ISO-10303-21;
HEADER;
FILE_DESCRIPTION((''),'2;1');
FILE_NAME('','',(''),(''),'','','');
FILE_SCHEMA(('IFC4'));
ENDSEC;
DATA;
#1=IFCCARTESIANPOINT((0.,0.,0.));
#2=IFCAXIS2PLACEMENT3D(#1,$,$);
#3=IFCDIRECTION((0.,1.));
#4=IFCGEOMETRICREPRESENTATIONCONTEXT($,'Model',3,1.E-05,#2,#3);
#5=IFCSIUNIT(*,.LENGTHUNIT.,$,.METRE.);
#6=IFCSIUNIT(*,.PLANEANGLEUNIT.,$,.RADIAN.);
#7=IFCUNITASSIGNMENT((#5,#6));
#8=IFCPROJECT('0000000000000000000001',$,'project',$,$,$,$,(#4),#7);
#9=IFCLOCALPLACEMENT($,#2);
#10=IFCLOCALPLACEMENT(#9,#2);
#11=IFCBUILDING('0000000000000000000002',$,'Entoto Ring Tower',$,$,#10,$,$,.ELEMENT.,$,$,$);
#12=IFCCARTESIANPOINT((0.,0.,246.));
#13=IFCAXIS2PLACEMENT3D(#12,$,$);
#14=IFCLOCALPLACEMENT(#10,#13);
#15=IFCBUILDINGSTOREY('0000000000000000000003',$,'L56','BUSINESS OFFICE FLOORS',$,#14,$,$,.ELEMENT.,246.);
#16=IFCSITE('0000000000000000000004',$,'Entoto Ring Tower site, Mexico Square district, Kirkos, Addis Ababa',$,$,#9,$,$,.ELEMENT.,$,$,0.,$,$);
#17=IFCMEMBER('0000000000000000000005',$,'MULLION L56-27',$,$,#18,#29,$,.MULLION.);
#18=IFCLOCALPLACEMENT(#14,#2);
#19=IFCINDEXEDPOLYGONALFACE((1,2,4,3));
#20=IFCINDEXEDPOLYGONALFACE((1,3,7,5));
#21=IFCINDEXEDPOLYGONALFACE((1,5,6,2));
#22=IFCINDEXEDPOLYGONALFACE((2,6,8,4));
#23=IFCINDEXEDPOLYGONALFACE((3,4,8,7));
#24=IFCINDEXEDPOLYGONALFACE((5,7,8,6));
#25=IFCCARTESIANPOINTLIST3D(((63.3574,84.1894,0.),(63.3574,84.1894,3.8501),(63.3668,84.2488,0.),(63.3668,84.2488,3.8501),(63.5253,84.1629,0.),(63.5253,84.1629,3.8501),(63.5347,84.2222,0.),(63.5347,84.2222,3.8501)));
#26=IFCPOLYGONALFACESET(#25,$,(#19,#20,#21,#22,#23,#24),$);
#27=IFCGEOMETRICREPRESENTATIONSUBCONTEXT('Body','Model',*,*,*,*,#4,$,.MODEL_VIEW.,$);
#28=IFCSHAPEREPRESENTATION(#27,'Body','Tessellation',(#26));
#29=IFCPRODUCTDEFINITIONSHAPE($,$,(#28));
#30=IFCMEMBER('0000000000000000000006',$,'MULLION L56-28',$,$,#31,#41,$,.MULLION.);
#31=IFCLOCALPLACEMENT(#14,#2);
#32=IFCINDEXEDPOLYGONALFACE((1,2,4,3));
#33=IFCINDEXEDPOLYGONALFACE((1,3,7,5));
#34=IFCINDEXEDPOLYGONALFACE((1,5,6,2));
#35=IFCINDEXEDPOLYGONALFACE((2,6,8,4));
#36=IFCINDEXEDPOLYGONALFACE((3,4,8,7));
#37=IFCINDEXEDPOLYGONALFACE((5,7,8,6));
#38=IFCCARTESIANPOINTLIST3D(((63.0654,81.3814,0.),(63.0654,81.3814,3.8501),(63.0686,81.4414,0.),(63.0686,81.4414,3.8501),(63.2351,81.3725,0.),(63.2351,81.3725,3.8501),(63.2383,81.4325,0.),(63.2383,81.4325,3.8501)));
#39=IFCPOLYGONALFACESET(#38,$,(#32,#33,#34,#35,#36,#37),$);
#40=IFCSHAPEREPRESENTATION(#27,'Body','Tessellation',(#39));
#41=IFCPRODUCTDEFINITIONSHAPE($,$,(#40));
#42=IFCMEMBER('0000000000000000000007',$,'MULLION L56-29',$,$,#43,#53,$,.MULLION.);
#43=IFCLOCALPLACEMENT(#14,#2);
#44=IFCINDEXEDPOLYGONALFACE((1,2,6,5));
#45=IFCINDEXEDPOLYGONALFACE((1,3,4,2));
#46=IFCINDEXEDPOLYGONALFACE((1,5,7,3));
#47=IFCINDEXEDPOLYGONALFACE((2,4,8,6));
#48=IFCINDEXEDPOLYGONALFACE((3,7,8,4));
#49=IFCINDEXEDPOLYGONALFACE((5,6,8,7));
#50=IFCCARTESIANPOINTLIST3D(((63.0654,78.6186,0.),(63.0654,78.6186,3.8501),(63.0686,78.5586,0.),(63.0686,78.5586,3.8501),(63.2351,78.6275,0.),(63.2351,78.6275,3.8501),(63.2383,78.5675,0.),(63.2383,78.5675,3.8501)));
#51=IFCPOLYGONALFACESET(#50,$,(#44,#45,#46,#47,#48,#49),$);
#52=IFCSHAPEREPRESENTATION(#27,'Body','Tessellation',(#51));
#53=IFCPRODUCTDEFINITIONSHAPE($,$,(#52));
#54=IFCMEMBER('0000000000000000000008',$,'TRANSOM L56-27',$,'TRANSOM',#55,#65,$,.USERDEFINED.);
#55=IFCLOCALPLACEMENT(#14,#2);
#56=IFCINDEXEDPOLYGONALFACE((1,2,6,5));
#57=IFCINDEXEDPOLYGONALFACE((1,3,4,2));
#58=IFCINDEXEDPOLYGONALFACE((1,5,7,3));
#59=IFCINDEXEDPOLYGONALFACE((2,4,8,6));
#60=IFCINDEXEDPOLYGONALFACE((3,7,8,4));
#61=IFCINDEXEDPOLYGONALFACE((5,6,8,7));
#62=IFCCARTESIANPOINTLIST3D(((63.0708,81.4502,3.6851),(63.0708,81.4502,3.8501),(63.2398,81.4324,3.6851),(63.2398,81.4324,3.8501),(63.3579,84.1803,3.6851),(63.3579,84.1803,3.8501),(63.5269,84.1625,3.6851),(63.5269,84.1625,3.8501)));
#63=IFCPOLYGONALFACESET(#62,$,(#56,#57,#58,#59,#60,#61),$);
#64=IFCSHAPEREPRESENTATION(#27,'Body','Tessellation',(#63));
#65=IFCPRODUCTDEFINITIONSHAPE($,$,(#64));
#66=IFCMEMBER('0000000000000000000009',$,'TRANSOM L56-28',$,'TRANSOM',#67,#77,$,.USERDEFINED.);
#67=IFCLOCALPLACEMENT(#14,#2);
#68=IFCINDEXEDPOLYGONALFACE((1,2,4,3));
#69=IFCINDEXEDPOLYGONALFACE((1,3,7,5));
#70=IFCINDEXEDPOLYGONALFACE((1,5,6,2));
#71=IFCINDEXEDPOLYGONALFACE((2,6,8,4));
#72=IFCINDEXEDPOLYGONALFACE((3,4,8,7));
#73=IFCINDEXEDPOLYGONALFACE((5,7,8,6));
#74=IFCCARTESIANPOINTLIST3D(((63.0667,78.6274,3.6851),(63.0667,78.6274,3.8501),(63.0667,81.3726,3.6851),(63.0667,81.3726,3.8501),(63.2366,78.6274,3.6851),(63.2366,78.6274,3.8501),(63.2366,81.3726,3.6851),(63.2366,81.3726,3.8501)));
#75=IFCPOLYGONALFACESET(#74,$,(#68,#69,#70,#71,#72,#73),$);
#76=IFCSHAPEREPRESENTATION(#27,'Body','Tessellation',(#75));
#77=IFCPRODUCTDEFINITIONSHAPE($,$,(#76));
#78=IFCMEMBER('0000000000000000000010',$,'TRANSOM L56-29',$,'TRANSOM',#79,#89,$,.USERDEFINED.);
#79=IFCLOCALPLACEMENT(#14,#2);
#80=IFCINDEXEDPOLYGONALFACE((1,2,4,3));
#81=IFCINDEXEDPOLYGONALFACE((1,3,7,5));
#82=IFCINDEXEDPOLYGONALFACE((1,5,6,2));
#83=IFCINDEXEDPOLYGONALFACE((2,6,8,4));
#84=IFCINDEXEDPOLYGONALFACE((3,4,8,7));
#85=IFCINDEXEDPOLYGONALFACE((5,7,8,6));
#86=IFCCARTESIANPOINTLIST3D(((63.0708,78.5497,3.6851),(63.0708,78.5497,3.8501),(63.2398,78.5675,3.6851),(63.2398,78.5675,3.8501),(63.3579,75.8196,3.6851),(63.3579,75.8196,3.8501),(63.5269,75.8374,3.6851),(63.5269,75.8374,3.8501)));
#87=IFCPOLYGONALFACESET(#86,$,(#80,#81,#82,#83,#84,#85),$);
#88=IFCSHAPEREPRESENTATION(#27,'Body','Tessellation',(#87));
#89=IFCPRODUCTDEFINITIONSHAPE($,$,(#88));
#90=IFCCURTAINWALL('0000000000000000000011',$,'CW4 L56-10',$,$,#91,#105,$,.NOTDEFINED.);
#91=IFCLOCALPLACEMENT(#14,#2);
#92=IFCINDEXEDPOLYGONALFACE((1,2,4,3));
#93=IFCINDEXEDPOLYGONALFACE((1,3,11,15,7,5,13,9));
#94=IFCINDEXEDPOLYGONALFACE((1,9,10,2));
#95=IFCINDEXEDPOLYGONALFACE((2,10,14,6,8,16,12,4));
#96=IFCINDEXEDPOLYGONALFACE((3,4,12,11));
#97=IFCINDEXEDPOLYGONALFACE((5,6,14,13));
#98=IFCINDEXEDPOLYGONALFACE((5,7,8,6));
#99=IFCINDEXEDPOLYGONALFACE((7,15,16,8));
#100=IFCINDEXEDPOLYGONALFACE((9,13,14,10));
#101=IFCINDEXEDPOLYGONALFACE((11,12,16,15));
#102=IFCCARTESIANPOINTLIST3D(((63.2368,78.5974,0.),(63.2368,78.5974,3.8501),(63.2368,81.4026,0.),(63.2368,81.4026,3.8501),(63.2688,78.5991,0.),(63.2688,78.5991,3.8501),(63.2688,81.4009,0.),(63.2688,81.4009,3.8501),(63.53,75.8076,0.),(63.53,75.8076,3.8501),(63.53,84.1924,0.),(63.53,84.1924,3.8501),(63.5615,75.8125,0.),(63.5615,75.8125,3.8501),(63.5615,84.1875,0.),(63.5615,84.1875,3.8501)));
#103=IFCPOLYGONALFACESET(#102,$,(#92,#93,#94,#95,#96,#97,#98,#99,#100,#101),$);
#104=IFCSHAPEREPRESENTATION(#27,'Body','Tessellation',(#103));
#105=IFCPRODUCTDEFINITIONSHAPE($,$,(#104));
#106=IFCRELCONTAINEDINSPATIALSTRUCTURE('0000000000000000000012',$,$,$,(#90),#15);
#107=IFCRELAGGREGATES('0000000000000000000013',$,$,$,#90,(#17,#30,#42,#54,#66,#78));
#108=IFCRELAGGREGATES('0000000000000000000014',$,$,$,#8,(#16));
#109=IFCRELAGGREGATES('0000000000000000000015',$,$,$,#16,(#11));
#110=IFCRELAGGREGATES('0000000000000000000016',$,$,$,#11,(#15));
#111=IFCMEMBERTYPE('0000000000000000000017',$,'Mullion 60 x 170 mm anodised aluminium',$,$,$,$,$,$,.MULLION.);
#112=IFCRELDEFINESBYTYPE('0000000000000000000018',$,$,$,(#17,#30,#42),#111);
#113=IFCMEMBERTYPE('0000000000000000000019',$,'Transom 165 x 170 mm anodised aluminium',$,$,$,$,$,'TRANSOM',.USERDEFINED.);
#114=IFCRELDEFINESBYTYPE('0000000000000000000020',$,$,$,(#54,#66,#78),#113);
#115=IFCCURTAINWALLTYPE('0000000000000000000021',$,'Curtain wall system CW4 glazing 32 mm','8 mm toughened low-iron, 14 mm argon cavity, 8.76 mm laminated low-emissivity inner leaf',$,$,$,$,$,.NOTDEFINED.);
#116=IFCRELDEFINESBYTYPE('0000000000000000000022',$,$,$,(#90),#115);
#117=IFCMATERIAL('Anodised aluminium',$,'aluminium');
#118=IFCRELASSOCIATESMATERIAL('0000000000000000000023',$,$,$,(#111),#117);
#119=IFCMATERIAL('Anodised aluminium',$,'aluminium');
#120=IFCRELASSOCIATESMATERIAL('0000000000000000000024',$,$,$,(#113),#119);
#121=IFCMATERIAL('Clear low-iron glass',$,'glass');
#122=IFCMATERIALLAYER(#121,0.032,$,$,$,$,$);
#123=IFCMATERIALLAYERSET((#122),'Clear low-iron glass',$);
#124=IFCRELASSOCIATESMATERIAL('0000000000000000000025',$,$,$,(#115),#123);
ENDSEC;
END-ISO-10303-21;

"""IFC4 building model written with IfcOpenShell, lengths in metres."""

from ifc_helpers import new_model, si_unit, direction, frame, origin, origin_2d, place, context, subcontext, project, spatial, polyline, rectangle, outline, extrude, material, layer, layer_set, material_profile, profile_set, type_object, element, aggregate, save


model = new_model("IFC4")

# Units and contexts
model_context = context("Model", 3, precision=1e-05, world=origin(), true_north=direction((0.0, 1.0)))
body_context = subcontext(model_context, "Body", "Model", "MODEL_VIEW")
ifc_project = project(units=[si_unit("LENGTHUNIT", "METRE"), si_unit("PLANEANGLEUNIT", "RADIAN")], contexts=[model_context])

# Members
ifc_material_1 = material(Name="Anodised aluminium", Category="aluminium")
ifc_material_profile_1 = material_profile(ifc_material_1, rectangle(XDim=0.0601, YDim=0.1699, at=origin_2d()), Name="Mullion 60 x 170 mm anodised aluminium")
ifc_profile_set_1 = profile_set([ifc_material_profile_1], Name="Anodised aluminium")
member_type_1 = type_object("IfcMemberType", Name="Mullion 60 x 170 mm anodised aluminium", PredefinedType="MULLION", material=ifc_profile_set_1)
site_placement = place(None, origin())
building_placement = place(site_placement, origin())
storey_placement = place(building_placement, frame((0.0, 0.0, 246.0)))
member_1_placement = place(storey_placement, frame((63.446, 84.2058, 0.0), z_axis=(0.0, 0.0, 1.0), x_axis=(-0.156434, -0.987688, 0.0)))
member_1 = element("IfcMember", 1, at=member_1_placement, type_object=member_type_1, Name="MULLION L56-27", PredefinedType="MULLION", context=body_context, shape_type="SweptSolid", body=[
    extrude(rectangle(XDim=0.0601, YDim=0.1699, at=origin_2d()), origin(), (0.0, 0.0, 1.0), 3.8501),
])
member_2_placement = place(storey_placement, frame((63.1519, 81.407, 0.0), z_axis=(0.0, 0.0, 1.0), x_axis=(-0.052336, -0.99863, 0.0)))
member_2 = element("IfcMember", 2, at=member_2_placement, type_object=member_type_1, Name="MULLION L56-28", PredefinedType="MULLION", context=body_context, shape_type="SweptSolid", body=[
    extrude(rectangle(XDim=0.0601, YDim=0.1699, at=origin_2d()), origin(), (0.0, 0.0, 1.0), 3.8501),
])
member_3_placement = place(storey_placement, frame((63.1519, 78.593, 0.0), z_axis=(0.0, 0.0, 1.0), x_axis=(0.052336, -0.99863, 0.0)))
member_3 = element("IfcMember", 3, at=member_3_placement, type_object=member_type_1, Name="MULLION L56-29", PredefinedType="MULLION", context=body_context, shape_type="SweptSolid", body=[
    extrude(rectangle(XDim=0.0601, YDim=0.1699, at=origin_2d()), origin(), (0.0, 0.0, 1.0), 3.8501),
])
ifc_material_2 = material(Name="Anodised aluminium", Category="aluminium")
ifc_material_profile_2 = material_profile(ifc_material_2, rectangle(XDim=0.1699, YDim=0.165, at=origin_2d()), Name="Transom 165 x 170 mm anodised aluminium")
ifc_profile_set_2 = profile_set([ifc_material_profile_2], Name="Anodised aluminium")
member_type_2 = type_object("IfcMemberType", Name="Transom 165 x 170 mm anodised aluminium", ElementType="TRANSOM", PredefinedType="USERDEFINED", material=ifc_profile_set_2)
member_4_placement = place(storey_placement, frame((63.4424, 84.1714, 3.7676), z_axis=(-0.104592, -0.994515, 0.0), x_axis=(0.994515, -0.104592, 0.0)))
member_4 = element("IfcMember", 4, at=member_4_placement, type_object=member_type_2, Name="TRANSOM L56-27", ObjectType="TRANSOM", PredefinedType="USERDEFINED", context=body_context, shape_type="SweptSolid", body=[
    extrude(rectangle(XDim=0.1699, YDim=0.165, at=origin_2d()), origin(), (0.0, 0.0, 1.0), 2.7451),
])
member_5_placement = place(storey_placement, frame((63.1516, 81.3726, 3.7676), z_axis=(0.0, -1.0, 0.0), x_axis=(1.0, 0.0, 0.0)))
member_5 = element("IfcMember", 5, at=member_5_placement, type_object=member_type_2, Name="TRANSOM L56-28", ObjectType="TRANSOM", PredefinedType="USERDEFINED", context=body_context, shape_type="SweptSolid", body=[
    extrude(rectangle(XDim=0.1699, YDim=0.165, at=origin_2d()), origin(), (0.0, 0.0, 1.0), 2.7451),
])
member_6_placement = place(storey_placement, frame((63.1553, 78.5586, 3.7676), z_axis=(0.104592, -0.994515, 0.0), x_axis=(0.994515, 0.104592, 0.0)))
member_6 = element("IfcMember", 6, at=member_6_placement, type_object=member_type_2, Name="TRANSOM L56-29", ObjectType="TRANSOM", PredefinedType="USERDEFINED", context=body_context, shape_type="SweptSolid", body=[
    extrude(rectangle(XDim=0.1699, YDim=0.165, at=origin_2d()), origin(), (0.0, 0.0, 1.0), 2.7451),
])

# Site, building, storey
site = spatial("IfcSite", under=ifc_project, at=site_placement, Name="Entoto Ring Tower site, Mexico Square district, Kirkos, Addis Ababa", CompositionType="ELEMENT", RefElevation=0.0)
building = spatial("IfcBuilding", under=site, at=building_placement, Name="Entoto Ring Tower", CompositionType="ELEMENT")
storey = spatial("IfcBuildingStorey", under=building, at=storey_placement, Name="L56", Description="BUSINESS OFFICE FLOORS", CompositionType="ELEMENT", Elevation=246.0)

# Curtain wall
ifc_material_3 = material(Name="Clear low-iron glass", Category="glass")
ifc_layer = layer(ifc_material_3, 0.032)
ifc_layer_set = layer_set([ifc_layer], Name="Clear low-iron glass")
curtain_wall_type = type_object("IfcCurtainWallType", Name="Curtain wall system CW4 glazing 32 mm", Description="8 mm toughened low-iron, 14 mm argon cavity, 8.76 mm laminated low-emissivity inner leaf", PredefinedType="NOTDEFINED", material=ifc_layer_set)
curtain_wall_1_placement = place(storey_placement, origin())
curtain_wall_1 = element("IfcCurtainWall", 7, at=curtain_wall_1_placement, inside=storey, type_object=curtain_wall_type, Name="CW4 L56-10", PredefinedType="NOTDEFINED", context=body_context, shape_type="SweptSolid", body=[
    extrude(outline(polyline([(63.53, 84.1924), (63.2368, 81.4026), (63.2368, 78.5974), (63.53, 75.8076), (63.5615, 75.8125), (63.2688, 78.5991), (63.2688, 81.4009), (63.5615, 84.1875), (63.53, 84.1924)])), origin(), (0.0, 0.0, 1.0), 3.8501),
])
aggregate(curtain_wall_1, [member_1, member_2, member_3, member_4, member_5, member_6])

save(model, "model.ifc")
